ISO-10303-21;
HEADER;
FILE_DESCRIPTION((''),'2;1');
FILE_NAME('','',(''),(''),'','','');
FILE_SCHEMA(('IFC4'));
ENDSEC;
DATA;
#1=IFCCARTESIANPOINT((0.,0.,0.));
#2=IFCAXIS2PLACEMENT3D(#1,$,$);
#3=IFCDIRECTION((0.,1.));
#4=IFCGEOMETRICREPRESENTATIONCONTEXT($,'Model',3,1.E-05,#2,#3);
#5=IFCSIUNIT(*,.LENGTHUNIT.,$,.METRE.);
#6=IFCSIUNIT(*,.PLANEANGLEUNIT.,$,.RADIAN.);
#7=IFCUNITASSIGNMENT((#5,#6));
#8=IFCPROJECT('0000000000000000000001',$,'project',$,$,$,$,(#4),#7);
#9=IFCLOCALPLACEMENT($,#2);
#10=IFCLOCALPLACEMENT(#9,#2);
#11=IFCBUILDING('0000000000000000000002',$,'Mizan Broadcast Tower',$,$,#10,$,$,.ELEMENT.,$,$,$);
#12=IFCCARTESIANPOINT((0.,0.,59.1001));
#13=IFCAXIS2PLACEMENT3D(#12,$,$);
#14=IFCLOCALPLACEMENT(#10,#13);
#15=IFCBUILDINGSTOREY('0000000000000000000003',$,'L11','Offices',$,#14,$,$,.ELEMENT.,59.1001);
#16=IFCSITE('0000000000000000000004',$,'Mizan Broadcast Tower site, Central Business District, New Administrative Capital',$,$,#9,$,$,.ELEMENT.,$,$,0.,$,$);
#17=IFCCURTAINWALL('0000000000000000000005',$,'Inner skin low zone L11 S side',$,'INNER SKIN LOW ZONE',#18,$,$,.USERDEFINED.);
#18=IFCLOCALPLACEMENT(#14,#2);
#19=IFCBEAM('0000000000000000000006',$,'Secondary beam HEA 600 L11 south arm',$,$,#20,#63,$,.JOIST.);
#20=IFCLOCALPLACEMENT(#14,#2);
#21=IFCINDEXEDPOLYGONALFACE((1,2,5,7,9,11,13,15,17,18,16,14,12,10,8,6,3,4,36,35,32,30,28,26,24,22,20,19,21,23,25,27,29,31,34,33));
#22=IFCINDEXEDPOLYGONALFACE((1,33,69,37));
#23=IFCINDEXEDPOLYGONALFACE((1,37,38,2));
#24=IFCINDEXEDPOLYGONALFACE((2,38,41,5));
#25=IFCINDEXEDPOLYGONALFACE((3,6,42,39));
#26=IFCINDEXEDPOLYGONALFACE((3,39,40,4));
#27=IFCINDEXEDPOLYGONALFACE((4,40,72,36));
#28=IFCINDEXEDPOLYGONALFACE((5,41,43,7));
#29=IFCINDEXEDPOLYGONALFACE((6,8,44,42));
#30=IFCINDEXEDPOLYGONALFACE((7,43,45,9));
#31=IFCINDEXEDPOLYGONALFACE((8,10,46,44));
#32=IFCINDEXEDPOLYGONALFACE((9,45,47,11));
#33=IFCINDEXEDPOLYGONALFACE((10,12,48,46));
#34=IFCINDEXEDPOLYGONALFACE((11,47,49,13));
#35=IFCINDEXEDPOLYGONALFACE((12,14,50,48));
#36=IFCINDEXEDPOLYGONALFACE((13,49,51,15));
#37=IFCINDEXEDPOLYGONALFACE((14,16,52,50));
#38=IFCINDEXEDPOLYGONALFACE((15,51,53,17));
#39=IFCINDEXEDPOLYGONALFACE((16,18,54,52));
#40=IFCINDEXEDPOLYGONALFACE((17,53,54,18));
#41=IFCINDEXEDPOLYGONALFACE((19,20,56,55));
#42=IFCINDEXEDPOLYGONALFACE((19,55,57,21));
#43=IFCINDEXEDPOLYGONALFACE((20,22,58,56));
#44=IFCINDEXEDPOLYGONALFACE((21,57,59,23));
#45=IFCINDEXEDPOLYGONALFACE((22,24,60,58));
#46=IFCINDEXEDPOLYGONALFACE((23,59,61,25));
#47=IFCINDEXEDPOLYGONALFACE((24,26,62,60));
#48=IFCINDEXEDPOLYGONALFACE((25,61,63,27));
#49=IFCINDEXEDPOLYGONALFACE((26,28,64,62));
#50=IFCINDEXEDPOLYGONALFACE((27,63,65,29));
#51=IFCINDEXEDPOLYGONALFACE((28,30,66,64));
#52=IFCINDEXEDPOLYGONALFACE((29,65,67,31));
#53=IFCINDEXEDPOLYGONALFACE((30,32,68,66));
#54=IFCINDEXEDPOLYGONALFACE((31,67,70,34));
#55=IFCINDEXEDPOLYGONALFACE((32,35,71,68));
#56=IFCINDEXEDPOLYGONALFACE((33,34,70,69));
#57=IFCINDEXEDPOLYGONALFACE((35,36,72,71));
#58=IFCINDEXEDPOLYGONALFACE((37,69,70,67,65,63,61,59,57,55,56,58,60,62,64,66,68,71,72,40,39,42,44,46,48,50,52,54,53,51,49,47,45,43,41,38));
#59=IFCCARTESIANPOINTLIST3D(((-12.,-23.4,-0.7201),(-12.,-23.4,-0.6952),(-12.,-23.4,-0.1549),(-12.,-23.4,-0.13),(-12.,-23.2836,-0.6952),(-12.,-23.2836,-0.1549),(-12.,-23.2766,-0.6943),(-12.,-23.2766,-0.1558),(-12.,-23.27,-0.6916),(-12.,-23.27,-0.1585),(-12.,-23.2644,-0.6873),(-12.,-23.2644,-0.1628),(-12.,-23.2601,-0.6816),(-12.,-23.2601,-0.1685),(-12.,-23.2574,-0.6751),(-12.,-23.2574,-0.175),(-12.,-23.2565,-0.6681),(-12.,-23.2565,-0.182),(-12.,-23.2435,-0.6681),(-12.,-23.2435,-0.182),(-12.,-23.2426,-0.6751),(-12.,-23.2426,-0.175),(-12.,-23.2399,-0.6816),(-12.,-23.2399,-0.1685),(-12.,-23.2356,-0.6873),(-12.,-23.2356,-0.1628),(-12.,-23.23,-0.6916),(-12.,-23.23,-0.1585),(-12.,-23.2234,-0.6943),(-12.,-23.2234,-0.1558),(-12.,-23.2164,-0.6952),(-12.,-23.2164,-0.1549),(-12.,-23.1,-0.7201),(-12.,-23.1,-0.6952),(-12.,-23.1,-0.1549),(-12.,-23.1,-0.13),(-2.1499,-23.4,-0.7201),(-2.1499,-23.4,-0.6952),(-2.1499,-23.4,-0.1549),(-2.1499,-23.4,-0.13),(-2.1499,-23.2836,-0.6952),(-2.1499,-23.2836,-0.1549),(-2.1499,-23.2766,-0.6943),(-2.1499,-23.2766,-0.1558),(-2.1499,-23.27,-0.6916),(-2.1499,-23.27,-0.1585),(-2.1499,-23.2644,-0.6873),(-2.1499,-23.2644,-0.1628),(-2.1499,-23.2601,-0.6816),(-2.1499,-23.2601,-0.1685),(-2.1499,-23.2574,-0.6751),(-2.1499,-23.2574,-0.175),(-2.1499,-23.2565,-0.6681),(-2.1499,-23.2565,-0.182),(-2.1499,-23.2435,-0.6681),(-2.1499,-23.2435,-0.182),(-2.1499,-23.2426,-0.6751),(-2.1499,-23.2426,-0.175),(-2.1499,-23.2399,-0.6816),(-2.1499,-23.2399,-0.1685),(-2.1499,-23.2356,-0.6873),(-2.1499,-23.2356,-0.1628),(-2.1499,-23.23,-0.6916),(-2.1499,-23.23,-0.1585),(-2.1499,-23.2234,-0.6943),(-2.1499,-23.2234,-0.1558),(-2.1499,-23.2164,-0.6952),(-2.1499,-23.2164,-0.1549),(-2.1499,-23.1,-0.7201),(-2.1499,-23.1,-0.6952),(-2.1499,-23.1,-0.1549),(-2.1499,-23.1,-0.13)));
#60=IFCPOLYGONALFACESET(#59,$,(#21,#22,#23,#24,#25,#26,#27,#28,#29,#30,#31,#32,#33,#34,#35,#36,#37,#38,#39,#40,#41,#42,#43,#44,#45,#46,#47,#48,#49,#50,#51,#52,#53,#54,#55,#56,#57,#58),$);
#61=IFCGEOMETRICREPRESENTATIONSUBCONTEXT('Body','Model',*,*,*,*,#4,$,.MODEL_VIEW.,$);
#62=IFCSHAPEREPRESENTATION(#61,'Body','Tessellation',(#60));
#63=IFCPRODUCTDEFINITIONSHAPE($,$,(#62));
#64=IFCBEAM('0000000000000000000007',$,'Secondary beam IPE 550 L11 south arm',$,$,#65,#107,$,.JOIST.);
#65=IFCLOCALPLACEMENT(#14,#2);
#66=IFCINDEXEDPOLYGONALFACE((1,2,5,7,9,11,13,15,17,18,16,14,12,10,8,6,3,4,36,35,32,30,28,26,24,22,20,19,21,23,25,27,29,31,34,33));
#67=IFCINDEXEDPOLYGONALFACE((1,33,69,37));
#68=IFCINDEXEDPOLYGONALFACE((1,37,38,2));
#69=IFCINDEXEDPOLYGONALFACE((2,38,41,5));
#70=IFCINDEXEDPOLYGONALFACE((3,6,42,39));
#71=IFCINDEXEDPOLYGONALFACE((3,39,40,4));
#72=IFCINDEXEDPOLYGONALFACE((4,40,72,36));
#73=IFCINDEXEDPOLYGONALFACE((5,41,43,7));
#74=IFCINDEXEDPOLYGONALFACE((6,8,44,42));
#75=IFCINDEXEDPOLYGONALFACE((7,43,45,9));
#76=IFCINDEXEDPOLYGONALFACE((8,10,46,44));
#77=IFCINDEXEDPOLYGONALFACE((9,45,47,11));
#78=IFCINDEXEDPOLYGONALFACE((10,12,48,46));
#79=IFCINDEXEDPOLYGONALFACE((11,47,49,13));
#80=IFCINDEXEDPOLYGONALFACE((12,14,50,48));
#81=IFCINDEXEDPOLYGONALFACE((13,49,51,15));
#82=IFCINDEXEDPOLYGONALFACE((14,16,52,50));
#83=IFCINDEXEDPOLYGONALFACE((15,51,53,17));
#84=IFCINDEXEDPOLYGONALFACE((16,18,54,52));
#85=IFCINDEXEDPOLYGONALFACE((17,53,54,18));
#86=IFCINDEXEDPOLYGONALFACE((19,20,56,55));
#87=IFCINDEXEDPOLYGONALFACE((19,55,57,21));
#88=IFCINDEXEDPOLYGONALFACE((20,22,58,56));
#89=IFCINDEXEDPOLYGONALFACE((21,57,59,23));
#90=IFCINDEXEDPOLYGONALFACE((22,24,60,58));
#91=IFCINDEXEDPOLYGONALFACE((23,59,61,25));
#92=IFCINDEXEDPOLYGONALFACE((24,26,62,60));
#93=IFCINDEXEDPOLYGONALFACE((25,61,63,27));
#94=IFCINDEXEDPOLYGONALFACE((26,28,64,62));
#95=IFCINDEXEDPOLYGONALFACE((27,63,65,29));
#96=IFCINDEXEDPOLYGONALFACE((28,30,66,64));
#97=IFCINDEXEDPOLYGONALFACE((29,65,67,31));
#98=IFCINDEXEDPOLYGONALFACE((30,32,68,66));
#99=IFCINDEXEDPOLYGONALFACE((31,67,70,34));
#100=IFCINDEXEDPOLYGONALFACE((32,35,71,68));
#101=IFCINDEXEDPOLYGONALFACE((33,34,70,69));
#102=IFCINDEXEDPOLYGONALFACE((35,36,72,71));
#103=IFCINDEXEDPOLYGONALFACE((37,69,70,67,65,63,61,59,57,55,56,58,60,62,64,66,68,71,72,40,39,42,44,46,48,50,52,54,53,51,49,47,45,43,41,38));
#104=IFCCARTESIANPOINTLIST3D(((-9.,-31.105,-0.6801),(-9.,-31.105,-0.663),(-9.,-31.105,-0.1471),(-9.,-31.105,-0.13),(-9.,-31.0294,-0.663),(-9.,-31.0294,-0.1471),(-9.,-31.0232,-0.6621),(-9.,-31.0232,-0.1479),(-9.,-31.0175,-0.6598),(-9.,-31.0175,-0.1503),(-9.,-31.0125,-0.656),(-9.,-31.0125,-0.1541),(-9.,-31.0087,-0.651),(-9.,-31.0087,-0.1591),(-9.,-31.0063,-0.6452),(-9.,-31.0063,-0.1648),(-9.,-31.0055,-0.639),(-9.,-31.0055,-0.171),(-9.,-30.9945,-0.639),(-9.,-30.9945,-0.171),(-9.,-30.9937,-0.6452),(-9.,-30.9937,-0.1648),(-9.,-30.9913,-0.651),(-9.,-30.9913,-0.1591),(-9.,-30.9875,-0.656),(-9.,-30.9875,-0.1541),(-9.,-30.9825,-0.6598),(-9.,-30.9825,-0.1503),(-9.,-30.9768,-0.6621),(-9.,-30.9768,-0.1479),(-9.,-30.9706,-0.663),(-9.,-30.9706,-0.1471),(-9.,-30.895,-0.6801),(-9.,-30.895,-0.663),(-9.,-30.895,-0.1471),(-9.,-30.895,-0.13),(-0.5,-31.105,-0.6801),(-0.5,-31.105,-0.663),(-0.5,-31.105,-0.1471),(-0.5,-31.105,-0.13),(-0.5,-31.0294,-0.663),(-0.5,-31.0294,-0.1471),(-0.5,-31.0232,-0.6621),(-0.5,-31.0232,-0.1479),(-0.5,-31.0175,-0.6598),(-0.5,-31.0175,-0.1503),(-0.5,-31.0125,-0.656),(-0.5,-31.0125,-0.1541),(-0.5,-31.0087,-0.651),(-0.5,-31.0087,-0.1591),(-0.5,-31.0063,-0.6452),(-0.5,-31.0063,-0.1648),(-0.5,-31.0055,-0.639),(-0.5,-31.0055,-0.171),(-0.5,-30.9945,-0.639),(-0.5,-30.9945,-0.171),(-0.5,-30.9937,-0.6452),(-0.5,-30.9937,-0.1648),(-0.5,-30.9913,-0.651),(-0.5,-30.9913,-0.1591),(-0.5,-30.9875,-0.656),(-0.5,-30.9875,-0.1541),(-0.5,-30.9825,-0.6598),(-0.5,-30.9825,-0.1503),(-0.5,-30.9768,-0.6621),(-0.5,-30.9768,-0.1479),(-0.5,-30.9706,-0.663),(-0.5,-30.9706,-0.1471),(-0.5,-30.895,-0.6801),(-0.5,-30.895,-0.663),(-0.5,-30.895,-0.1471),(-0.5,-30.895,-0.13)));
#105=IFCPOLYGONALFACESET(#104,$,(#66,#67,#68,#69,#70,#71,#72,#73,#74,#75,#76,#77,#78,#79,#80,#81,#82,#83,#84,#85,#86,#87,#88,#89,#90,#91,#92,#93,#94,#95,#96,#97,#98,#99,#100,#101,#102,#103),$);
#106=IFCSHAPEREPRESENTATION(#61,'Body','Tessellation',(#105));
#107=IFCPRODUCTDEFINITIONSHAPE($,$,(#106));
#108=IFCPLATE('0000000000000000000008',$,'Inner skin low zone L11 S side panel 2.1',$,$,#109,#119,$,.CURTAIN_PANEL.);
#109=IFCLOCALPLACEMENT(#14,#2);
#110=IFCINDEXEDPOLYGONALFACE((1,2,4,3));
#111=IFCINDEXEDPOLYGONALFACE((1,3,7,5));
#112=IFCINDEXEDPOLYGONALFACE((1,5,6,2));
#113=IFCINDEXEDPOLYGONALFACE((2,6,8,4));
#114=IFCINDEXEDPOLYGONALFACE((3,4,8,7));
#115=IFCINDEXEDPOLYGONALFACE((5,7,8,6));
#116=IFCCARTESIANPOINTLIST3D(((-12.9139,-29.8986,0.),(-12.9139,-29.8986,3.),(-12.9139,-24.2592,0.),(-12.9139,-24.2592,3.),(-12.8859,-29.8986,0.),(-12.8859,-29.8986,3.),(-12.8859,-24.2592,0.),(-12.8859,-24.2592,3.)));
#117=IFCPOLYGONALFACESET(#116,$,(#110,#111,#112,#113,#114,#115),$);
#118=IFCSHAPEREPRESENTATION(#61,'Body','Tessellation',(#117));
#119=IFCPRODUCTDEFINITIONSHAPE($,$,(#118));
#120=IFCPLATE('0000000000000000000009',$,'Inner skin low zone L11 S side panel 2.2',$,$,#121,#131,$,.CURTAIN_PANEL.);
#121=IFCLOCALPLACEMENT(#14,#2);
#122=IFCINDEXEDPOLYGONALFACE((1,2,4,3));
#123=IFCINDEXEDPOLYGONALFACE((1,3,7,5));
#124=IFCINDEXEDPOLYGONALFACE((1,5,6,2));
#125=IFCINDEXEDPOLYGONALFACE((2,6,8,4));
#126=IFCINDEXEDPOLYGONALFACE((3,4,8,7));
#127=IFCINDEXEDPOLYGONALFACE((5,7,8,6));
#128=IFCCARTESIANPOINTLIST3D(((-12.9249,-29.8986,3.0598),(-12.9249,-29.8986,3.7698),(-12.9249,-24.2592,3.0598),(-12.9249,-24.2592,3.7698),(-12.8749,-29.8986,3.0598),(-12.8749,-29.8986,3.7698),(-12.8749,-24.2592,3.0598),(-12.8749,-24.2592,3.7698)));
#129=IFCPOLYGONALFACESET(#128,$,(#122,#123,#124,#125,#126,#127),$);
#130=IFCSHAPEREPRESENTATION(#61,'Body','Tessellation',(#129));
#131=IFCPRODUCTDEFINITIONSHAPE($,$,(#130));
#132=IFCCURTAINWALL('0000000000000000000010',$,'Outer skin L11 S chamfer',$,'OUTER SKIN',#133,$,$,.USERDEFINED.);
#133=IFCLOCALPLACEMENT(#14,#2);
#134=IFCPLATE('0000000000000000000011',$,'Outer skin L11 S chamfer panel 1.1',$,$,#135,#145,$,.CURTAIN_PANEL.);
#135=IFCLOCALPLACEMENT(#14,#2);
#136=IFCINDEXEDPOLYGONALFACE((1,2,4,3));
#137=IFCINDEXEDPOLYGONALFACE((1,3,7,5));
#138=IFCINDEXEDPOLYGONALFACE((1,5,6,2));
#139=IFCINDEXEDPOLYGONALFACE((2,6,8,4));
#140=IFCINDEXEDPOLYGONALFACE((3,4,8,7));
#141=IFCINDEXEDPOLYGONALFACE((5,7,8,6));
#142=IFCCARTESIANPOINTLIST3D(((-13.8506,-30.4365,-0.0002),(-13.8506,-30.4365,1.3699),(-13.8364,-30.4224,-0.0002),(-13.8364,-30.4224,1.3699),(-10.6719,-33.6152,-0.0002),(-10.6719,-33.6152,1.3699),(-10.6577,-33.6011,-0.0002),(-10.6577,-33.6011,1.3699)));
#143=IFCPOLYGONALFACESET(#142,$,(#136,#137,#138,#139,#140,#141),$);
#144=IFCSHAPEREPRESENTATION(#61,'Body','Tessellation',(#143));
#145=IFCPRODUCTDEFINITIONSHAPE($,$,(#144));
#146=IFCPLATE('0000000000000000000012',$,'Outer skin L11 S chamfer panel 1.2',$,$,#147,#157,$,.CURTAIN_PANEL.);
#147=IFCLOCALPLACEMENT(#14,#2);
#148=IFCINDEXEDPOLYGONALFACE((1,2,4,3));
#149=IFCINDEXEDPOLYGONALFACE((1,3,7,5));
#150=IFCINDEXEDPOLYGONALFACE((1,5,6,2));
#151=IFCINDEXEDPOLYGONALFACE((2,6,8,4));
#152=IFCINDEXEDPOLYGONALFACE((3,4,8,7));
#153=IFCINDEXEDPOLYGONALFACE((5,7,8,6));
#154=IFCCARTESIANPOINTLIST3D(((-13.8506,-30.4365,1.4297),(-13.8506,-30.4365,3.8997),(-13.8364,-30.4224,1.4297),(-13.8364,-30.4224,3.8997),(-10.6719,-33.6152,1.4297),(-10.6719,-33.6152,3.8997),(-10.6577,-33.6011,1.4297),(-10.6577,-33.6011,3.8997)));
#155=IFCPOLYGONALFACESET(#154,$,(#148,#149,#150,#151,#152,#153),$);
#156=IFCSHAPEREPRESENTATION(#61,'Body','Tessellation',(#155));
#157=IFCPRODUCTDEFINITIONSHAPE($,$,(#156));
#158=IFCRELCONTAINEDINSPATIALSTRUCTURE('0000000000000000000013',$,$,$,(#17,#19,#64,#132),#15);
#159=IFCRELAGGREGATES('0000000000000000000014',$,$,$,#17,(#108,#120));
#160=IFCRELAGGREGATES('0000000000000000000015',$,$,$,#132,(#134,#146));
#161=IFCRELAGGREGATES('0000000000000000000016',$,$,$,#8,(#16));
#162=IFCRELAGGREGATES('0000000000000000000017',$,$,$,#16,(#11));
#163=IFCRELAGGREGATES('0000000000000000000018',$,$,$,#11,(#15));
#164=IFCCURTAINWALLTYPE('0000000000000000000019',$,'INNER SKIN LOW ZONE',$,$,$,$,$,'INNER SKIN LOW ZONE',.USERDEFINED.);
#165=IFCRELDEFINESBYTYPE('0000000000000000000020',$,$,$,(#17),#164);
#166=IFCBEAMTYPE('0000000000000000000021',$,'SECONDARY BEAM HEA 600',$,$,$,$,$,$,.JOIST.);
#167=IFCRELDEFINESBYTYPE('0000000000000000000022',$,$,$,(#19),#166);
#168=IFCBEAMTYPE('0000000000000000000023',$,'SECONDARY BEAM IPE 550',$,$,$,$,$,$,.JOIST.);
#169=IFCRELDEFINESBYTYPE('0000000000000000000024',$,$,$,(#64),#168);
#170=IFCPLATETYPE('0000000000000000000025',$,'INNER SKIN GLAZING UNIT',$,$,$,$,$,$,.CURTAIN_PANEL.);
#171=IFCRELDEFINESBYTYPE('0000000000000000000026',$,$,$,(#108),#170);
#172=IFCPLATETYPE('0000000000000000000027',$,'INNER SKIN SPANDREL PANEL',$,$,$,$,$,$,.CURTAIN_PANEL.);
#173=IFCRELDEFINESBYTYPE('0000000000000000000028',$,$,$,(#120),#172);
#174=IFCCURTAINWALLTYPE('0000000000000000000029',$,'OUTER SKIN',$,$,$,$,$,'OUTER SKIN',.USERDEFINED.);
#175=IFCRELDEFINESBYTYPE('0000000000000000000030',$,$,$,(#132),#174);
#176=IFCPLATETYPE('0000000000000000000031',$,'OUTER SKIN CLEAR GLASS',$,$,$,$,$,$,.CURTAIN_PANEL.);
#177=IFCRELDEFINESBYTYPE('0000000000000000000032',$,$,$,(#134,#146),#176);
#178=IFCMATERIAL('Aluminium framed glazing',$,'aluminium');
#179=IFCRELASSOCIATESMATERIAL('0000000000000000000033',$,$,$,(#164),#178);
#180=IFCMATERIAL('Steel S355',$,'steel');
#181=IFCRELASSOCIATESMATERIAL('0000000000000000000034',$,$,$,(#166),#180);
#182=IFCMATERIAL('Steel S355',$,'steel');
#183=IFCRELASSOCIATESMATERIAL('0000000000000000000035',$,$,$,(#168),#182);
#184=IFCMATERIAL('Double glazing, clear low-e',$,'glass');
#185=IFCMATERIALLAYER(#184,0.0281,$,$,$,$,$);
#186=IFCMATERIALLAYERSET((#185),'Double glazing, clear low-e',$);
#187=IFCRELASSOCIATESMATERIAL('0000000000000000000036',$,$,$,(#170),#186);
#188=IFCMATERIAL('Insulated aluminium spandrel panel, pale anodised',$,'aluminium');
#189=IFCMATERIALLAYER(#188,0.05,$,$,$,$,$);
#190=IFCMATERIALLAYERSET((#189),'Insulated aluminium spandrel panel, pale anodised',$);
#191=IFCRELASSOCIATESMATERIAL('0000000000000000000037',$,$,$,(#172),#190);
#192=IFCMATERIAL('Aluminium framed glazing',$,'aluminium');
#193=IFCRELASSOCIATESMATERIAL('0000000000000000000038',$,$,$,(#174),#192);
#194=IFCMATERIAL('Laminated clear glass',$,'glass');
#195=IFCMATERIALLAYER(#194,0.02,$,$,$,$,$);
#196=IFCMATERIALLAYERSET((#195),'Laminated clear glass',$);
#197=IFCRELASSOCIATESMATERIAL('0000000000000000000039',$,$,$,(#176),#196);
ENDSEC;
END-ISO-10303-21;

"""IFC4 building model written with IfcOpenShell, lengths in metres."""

from ifc_helpers import new_model, si_unit, direction, frame, origin, origin_2d, place, context, subcontext, project, spatial, rectangle, i_section, extrude, material, layer, layer_set, material_profile, profile_set, type_object, element, aggregate, save


model = new_model("IFC4")

# Units and contexts
model_context = context("Model", 3, precision=1e-05, world=origin(), true_north=direction((0.0, 1.0)))
body_context = subcontext(model_context, "Body", "Model", "MODEL_VIEW")
ifc_project = project(units=[si_unit("LENGTHUNIT", "METRE"), si_unit("PLANEANGLEUNIT", "RADIAN")], contexts=[model_context])

# Site, building, storey
site_placement = place(None, origin())
site = spatial("IfcSite", under=ifc_project, at=site_placement, Name="Mizan Broadcast Tower site, Central Business District, New Administrative Capital", CompositionType="ELEMENT", RefElevation=0.0)
building_placement = place(site_placement, origin())
building = spatial("IfcBuilding", under=site, at=building_placement, Name="Mizan Broadcast Tower", CompositionType="ELEMENT")
storey_placement = place(building_placement, frame((0.0, 0.0, 59.1001)))
storey = spatial("IfcBuildingStorey", under=building, at=storey_placement, Name="L11", Description="Offices", CompositionType="ELEMENT", Elevation=59.1001)

# Curtain wall
ifc_material_1 = material(Name="Aluminium framed glazing", Category="aluminium")
curtain_wall_type_1 = type_object("IfcCurtainWallType", Name="INNER SKIN LOW ZONE", ElementType="INNER SKIN LOW ZONE", PredefinedType="USERDEFINED", material=ifc_material_1)
curtain_wall_1_placement = place(storey_placement, origin())
curtain_wall_1 = element("IfcCurtainWall", 1, at=curtain_wall_1_placement, inside=storey, type_object=curtain_wall_type_1, Name="Inner skin low zone L11 S side", ObjectType="INNER SKIN LOW ZONE", PredefinedType="USERDEFINED")

# Beams
ifc_material_2 = material(Name="Steel S355", Category="steel")
ifc_material_profile_1 = material_profile(ifc_material_2, i_section(OverallWidth=0.3, OverallDepth=0.5901, WebThickness=0.0129, FlangeThickness=0.0249, FilletRadius=0.0271, at=origin_2d()), Name="HEA 600")
ifc_profile_set_1 = profile_set([ifc_material_profile_1], Name="Steel S355")
beam_type_1 = type_object("IfcBeamType", Name="SECONDARY BEAM HEA 600", PredefinedType="JOIST", material=ifc_profile_set_1)
beam_1_placement = place(storey_placement, frame((-12.0, -23.25, -0.425), z_axis=(1.0, 0.0, 0.0), x_axis=(0.0, 1.0, 0.0)))
element("IfcBeam", 2, at=beam_1_placement, inside=storey, type_object=beam_type_1, Name="Secondary beam HEA 600 L11 south arm", PredefinedType="JOIST", context=body_context, shape_type="SweptSolid", body=[
    extrude(i_section(OverallWidth=0.3, OverallDepth=0.5901, WebThickness=0.0129, FlangeThickness=0.0249, FilletRadius=0.0271, at=origin_2d()), origin(), (0.0, 0.0, 1.0), 9.8501),
])
ifc_material_3 = material(Name="Steel S355", Category="steel")
ifc_material_profile_2 = material_profile(ifc_material_3, i_section(OverallWidth=0.21, OverallDepth=0.55, WebThickness=0.011, FlangeThickness=0.0171, FilletRadius=0.0239, at=origin_2d()), Name="IPE 550")
ifc_profile_set_2 = profile_set([ifc_material_profile_2], Name="Steel S355")
beam_type_2 = type_object("IfcBeamType", Name="SECONDARY BEAM IPE 550", PredefinedType="JOIST", material=ifc_profile_set_2)
beam_2_placement = place(storey_placement, frame((-9.0, -31.0, -0.405), z_axis=(1.0, 0.0, 0.0), x_axis=(0.0, 1.0, 0.0)))
element("IfcBeam", 3, at=beam_2_placement, inside=storey, type_object=beam_type_2, Name="Secondary beam IPE 550 L11 south arm", PredefinedType="JOIST", context=body_context, shape_type="SweptSolid", body=[
    extrude(i_section(OverallWidth=0.21, OverallDepth=0.55, WebThickness=0.011, FlangeThickness=0.0171, FilletRadius=0.0239, at=origin_2d()), origin(), (0.0, 0.0, 1.0), 8.5),
])

# Plates
ifc_material_4 = material(Name="Double glazing, clear low-e", Category="glass")
ifc_layer_1 = layer(ifc_material_4, 0.0281)
ifc_layer_set_1 = layer_set([ifc_layer_1], Name="Double glazing, clear low-e")
plate_type_1 = type_object("IfcPlateType", Name="INNER SKIN GLAZING UNIT", PredefinedType="CURTAIN_PANEL", material=ifc_layer_set_1)
plate_1_placement = place(storey_placement, frame((-12.8999, -27.0789, 0.0), z_axis=(0.0, 0.0, 1.0), x_axis=(0.0, -1.0, 0.0)))
plate_1 = element("IfcPlate", 4, at=plate_1_placement, type_object=plate_type_1, Name="Inner skin low zone L11 S side panel 2.1", PredefinedType="CURTAIN_PANEL", context=body_context, shape_type="SweptSolid", body=[
    extrude(rectangle(XDim=5.6394, YDim=0.0281, at=origin_2d()), origin(), (0.0, 0.0, 1.0), 3.0),
])
ifc_material_5 = material(Name="Insulated aluminium spandrel panel, pale anodised", Category="aluminium")
ifc_layer_2 = layer(ifc_material_5, 0.05)
ifc_layer_set_2 = layer_set([ifc_layer_2], Name="Insulated aluminium spandrel panel, pale anodised")
plate_type_2 = type_object("IfcPlateType", Name="INNER SKIN SPANDREL PANEL", PredefinedType="CURTAIN_PANEL", material=ifc_layer_set_2)
plate_2_placement = place(storey_placement, frame((-12.8999, -27.0789, 3.0598), z_axis=(0.0, 0.0, 1.0), x_axis=(0.0, -1.0, 0.0)))
plate_2 = element("IfcPlate", 5, at=plate_2_placement, type_object=plate_type_2, Name="Inner skin low zone L11 S side panel 2.2", PredefinedType="CURTAIN_PANEL", context=body_context, shape_type="SweptSolid", body=[
    extrude(rectangle(XDim=5.6394, YDim=0.05, at=origin_2d()), origin(), (0.0, 0.0, 1.0), 0.71),
])
aggregate(curtain_wall_1, [plate_1, plate_2])

# Curtain wall, plates
ifc_material_6 = material(Name="Aluminium framed glazing", Category="aluminium")
curtain_wall_type_2 = type_object("IfcCurtainWallType", Name="OUTER SKIN", ElementType="OUTER SKIN", PredefinedType="USERDEFINED", material=ifc_material_6)
curtain_wall_2_placement = place(storey_placement, origin())
curtain_wall_2 = element("IfcCurtainWall", 6, at=curtain_wall_2_placement, inside=storey, type_object=curtain_wall_type_2, Name="Outer skin L11 S chamfer", ObjectType="OUTER SKIN", PredefinedType="USERDEFINED")
ifc_material_7 = material(Name="Laminated clear glass", Category="glass")
ifc_layer_3 = layer(ifc_material_7, 0.02)
ifc_layer_set_3 = layer_set([ifc_layer_3], Name="Laminated clear glass")
plate_type_3 = type_object("IfcPlateType", Name="OUTER SKIN CLEAR GLASS", PredefinedType="CURTAIN_PANEL", material=ifc_layer_set_3)
plate_3_placement = place(storey_placement, frame((-12.2542, -32.0188, -0.0002), z_axis=(0.0, 0.0, 1.0), x_axis=(0.707107, -0.707107, 0.0)))
plate_3 = element("IfcPlate", 7, at=plate_3_placement, type_object=plate_type_3, Name="Outer skin L11 S chamfer panel 1.1", PredefinedType="CURTAIN_PANEL", context=body_context, shape_type="SweptSolid", body=[
    extrude(rectangle(XDim=4.4954, YDim=0.02, at=origin_2d()), origin(), (0.0, 0.0, 1.0), 1.3701),
])
plate_4_placement = place(storey_placement, frame((-12.2542, -32.0188, 1.4297), z_axis=(0.0, 0.0, 1.0), x_axis=(0.707107, -0.707107, 0.0)))
plate_4 = element("IfcPlate", 8, at=plate_4_placement, type_object=plate_type_3, Name="Outer skin L11 S chamfer panel 1.2", PredefinedType="CURTAIN_PANEL", context=body_context, shape_type="SweptSolid", body=[
    extrude(rectangle(XDim=4.4954, YDim=0.02, at=origin_2d()), origin(), (0.0, 0.0, 1.0), 2.47),
])
aggregate(curtain_wall_2, [plate_3, plate_4])

save(model, "model.ifc")
